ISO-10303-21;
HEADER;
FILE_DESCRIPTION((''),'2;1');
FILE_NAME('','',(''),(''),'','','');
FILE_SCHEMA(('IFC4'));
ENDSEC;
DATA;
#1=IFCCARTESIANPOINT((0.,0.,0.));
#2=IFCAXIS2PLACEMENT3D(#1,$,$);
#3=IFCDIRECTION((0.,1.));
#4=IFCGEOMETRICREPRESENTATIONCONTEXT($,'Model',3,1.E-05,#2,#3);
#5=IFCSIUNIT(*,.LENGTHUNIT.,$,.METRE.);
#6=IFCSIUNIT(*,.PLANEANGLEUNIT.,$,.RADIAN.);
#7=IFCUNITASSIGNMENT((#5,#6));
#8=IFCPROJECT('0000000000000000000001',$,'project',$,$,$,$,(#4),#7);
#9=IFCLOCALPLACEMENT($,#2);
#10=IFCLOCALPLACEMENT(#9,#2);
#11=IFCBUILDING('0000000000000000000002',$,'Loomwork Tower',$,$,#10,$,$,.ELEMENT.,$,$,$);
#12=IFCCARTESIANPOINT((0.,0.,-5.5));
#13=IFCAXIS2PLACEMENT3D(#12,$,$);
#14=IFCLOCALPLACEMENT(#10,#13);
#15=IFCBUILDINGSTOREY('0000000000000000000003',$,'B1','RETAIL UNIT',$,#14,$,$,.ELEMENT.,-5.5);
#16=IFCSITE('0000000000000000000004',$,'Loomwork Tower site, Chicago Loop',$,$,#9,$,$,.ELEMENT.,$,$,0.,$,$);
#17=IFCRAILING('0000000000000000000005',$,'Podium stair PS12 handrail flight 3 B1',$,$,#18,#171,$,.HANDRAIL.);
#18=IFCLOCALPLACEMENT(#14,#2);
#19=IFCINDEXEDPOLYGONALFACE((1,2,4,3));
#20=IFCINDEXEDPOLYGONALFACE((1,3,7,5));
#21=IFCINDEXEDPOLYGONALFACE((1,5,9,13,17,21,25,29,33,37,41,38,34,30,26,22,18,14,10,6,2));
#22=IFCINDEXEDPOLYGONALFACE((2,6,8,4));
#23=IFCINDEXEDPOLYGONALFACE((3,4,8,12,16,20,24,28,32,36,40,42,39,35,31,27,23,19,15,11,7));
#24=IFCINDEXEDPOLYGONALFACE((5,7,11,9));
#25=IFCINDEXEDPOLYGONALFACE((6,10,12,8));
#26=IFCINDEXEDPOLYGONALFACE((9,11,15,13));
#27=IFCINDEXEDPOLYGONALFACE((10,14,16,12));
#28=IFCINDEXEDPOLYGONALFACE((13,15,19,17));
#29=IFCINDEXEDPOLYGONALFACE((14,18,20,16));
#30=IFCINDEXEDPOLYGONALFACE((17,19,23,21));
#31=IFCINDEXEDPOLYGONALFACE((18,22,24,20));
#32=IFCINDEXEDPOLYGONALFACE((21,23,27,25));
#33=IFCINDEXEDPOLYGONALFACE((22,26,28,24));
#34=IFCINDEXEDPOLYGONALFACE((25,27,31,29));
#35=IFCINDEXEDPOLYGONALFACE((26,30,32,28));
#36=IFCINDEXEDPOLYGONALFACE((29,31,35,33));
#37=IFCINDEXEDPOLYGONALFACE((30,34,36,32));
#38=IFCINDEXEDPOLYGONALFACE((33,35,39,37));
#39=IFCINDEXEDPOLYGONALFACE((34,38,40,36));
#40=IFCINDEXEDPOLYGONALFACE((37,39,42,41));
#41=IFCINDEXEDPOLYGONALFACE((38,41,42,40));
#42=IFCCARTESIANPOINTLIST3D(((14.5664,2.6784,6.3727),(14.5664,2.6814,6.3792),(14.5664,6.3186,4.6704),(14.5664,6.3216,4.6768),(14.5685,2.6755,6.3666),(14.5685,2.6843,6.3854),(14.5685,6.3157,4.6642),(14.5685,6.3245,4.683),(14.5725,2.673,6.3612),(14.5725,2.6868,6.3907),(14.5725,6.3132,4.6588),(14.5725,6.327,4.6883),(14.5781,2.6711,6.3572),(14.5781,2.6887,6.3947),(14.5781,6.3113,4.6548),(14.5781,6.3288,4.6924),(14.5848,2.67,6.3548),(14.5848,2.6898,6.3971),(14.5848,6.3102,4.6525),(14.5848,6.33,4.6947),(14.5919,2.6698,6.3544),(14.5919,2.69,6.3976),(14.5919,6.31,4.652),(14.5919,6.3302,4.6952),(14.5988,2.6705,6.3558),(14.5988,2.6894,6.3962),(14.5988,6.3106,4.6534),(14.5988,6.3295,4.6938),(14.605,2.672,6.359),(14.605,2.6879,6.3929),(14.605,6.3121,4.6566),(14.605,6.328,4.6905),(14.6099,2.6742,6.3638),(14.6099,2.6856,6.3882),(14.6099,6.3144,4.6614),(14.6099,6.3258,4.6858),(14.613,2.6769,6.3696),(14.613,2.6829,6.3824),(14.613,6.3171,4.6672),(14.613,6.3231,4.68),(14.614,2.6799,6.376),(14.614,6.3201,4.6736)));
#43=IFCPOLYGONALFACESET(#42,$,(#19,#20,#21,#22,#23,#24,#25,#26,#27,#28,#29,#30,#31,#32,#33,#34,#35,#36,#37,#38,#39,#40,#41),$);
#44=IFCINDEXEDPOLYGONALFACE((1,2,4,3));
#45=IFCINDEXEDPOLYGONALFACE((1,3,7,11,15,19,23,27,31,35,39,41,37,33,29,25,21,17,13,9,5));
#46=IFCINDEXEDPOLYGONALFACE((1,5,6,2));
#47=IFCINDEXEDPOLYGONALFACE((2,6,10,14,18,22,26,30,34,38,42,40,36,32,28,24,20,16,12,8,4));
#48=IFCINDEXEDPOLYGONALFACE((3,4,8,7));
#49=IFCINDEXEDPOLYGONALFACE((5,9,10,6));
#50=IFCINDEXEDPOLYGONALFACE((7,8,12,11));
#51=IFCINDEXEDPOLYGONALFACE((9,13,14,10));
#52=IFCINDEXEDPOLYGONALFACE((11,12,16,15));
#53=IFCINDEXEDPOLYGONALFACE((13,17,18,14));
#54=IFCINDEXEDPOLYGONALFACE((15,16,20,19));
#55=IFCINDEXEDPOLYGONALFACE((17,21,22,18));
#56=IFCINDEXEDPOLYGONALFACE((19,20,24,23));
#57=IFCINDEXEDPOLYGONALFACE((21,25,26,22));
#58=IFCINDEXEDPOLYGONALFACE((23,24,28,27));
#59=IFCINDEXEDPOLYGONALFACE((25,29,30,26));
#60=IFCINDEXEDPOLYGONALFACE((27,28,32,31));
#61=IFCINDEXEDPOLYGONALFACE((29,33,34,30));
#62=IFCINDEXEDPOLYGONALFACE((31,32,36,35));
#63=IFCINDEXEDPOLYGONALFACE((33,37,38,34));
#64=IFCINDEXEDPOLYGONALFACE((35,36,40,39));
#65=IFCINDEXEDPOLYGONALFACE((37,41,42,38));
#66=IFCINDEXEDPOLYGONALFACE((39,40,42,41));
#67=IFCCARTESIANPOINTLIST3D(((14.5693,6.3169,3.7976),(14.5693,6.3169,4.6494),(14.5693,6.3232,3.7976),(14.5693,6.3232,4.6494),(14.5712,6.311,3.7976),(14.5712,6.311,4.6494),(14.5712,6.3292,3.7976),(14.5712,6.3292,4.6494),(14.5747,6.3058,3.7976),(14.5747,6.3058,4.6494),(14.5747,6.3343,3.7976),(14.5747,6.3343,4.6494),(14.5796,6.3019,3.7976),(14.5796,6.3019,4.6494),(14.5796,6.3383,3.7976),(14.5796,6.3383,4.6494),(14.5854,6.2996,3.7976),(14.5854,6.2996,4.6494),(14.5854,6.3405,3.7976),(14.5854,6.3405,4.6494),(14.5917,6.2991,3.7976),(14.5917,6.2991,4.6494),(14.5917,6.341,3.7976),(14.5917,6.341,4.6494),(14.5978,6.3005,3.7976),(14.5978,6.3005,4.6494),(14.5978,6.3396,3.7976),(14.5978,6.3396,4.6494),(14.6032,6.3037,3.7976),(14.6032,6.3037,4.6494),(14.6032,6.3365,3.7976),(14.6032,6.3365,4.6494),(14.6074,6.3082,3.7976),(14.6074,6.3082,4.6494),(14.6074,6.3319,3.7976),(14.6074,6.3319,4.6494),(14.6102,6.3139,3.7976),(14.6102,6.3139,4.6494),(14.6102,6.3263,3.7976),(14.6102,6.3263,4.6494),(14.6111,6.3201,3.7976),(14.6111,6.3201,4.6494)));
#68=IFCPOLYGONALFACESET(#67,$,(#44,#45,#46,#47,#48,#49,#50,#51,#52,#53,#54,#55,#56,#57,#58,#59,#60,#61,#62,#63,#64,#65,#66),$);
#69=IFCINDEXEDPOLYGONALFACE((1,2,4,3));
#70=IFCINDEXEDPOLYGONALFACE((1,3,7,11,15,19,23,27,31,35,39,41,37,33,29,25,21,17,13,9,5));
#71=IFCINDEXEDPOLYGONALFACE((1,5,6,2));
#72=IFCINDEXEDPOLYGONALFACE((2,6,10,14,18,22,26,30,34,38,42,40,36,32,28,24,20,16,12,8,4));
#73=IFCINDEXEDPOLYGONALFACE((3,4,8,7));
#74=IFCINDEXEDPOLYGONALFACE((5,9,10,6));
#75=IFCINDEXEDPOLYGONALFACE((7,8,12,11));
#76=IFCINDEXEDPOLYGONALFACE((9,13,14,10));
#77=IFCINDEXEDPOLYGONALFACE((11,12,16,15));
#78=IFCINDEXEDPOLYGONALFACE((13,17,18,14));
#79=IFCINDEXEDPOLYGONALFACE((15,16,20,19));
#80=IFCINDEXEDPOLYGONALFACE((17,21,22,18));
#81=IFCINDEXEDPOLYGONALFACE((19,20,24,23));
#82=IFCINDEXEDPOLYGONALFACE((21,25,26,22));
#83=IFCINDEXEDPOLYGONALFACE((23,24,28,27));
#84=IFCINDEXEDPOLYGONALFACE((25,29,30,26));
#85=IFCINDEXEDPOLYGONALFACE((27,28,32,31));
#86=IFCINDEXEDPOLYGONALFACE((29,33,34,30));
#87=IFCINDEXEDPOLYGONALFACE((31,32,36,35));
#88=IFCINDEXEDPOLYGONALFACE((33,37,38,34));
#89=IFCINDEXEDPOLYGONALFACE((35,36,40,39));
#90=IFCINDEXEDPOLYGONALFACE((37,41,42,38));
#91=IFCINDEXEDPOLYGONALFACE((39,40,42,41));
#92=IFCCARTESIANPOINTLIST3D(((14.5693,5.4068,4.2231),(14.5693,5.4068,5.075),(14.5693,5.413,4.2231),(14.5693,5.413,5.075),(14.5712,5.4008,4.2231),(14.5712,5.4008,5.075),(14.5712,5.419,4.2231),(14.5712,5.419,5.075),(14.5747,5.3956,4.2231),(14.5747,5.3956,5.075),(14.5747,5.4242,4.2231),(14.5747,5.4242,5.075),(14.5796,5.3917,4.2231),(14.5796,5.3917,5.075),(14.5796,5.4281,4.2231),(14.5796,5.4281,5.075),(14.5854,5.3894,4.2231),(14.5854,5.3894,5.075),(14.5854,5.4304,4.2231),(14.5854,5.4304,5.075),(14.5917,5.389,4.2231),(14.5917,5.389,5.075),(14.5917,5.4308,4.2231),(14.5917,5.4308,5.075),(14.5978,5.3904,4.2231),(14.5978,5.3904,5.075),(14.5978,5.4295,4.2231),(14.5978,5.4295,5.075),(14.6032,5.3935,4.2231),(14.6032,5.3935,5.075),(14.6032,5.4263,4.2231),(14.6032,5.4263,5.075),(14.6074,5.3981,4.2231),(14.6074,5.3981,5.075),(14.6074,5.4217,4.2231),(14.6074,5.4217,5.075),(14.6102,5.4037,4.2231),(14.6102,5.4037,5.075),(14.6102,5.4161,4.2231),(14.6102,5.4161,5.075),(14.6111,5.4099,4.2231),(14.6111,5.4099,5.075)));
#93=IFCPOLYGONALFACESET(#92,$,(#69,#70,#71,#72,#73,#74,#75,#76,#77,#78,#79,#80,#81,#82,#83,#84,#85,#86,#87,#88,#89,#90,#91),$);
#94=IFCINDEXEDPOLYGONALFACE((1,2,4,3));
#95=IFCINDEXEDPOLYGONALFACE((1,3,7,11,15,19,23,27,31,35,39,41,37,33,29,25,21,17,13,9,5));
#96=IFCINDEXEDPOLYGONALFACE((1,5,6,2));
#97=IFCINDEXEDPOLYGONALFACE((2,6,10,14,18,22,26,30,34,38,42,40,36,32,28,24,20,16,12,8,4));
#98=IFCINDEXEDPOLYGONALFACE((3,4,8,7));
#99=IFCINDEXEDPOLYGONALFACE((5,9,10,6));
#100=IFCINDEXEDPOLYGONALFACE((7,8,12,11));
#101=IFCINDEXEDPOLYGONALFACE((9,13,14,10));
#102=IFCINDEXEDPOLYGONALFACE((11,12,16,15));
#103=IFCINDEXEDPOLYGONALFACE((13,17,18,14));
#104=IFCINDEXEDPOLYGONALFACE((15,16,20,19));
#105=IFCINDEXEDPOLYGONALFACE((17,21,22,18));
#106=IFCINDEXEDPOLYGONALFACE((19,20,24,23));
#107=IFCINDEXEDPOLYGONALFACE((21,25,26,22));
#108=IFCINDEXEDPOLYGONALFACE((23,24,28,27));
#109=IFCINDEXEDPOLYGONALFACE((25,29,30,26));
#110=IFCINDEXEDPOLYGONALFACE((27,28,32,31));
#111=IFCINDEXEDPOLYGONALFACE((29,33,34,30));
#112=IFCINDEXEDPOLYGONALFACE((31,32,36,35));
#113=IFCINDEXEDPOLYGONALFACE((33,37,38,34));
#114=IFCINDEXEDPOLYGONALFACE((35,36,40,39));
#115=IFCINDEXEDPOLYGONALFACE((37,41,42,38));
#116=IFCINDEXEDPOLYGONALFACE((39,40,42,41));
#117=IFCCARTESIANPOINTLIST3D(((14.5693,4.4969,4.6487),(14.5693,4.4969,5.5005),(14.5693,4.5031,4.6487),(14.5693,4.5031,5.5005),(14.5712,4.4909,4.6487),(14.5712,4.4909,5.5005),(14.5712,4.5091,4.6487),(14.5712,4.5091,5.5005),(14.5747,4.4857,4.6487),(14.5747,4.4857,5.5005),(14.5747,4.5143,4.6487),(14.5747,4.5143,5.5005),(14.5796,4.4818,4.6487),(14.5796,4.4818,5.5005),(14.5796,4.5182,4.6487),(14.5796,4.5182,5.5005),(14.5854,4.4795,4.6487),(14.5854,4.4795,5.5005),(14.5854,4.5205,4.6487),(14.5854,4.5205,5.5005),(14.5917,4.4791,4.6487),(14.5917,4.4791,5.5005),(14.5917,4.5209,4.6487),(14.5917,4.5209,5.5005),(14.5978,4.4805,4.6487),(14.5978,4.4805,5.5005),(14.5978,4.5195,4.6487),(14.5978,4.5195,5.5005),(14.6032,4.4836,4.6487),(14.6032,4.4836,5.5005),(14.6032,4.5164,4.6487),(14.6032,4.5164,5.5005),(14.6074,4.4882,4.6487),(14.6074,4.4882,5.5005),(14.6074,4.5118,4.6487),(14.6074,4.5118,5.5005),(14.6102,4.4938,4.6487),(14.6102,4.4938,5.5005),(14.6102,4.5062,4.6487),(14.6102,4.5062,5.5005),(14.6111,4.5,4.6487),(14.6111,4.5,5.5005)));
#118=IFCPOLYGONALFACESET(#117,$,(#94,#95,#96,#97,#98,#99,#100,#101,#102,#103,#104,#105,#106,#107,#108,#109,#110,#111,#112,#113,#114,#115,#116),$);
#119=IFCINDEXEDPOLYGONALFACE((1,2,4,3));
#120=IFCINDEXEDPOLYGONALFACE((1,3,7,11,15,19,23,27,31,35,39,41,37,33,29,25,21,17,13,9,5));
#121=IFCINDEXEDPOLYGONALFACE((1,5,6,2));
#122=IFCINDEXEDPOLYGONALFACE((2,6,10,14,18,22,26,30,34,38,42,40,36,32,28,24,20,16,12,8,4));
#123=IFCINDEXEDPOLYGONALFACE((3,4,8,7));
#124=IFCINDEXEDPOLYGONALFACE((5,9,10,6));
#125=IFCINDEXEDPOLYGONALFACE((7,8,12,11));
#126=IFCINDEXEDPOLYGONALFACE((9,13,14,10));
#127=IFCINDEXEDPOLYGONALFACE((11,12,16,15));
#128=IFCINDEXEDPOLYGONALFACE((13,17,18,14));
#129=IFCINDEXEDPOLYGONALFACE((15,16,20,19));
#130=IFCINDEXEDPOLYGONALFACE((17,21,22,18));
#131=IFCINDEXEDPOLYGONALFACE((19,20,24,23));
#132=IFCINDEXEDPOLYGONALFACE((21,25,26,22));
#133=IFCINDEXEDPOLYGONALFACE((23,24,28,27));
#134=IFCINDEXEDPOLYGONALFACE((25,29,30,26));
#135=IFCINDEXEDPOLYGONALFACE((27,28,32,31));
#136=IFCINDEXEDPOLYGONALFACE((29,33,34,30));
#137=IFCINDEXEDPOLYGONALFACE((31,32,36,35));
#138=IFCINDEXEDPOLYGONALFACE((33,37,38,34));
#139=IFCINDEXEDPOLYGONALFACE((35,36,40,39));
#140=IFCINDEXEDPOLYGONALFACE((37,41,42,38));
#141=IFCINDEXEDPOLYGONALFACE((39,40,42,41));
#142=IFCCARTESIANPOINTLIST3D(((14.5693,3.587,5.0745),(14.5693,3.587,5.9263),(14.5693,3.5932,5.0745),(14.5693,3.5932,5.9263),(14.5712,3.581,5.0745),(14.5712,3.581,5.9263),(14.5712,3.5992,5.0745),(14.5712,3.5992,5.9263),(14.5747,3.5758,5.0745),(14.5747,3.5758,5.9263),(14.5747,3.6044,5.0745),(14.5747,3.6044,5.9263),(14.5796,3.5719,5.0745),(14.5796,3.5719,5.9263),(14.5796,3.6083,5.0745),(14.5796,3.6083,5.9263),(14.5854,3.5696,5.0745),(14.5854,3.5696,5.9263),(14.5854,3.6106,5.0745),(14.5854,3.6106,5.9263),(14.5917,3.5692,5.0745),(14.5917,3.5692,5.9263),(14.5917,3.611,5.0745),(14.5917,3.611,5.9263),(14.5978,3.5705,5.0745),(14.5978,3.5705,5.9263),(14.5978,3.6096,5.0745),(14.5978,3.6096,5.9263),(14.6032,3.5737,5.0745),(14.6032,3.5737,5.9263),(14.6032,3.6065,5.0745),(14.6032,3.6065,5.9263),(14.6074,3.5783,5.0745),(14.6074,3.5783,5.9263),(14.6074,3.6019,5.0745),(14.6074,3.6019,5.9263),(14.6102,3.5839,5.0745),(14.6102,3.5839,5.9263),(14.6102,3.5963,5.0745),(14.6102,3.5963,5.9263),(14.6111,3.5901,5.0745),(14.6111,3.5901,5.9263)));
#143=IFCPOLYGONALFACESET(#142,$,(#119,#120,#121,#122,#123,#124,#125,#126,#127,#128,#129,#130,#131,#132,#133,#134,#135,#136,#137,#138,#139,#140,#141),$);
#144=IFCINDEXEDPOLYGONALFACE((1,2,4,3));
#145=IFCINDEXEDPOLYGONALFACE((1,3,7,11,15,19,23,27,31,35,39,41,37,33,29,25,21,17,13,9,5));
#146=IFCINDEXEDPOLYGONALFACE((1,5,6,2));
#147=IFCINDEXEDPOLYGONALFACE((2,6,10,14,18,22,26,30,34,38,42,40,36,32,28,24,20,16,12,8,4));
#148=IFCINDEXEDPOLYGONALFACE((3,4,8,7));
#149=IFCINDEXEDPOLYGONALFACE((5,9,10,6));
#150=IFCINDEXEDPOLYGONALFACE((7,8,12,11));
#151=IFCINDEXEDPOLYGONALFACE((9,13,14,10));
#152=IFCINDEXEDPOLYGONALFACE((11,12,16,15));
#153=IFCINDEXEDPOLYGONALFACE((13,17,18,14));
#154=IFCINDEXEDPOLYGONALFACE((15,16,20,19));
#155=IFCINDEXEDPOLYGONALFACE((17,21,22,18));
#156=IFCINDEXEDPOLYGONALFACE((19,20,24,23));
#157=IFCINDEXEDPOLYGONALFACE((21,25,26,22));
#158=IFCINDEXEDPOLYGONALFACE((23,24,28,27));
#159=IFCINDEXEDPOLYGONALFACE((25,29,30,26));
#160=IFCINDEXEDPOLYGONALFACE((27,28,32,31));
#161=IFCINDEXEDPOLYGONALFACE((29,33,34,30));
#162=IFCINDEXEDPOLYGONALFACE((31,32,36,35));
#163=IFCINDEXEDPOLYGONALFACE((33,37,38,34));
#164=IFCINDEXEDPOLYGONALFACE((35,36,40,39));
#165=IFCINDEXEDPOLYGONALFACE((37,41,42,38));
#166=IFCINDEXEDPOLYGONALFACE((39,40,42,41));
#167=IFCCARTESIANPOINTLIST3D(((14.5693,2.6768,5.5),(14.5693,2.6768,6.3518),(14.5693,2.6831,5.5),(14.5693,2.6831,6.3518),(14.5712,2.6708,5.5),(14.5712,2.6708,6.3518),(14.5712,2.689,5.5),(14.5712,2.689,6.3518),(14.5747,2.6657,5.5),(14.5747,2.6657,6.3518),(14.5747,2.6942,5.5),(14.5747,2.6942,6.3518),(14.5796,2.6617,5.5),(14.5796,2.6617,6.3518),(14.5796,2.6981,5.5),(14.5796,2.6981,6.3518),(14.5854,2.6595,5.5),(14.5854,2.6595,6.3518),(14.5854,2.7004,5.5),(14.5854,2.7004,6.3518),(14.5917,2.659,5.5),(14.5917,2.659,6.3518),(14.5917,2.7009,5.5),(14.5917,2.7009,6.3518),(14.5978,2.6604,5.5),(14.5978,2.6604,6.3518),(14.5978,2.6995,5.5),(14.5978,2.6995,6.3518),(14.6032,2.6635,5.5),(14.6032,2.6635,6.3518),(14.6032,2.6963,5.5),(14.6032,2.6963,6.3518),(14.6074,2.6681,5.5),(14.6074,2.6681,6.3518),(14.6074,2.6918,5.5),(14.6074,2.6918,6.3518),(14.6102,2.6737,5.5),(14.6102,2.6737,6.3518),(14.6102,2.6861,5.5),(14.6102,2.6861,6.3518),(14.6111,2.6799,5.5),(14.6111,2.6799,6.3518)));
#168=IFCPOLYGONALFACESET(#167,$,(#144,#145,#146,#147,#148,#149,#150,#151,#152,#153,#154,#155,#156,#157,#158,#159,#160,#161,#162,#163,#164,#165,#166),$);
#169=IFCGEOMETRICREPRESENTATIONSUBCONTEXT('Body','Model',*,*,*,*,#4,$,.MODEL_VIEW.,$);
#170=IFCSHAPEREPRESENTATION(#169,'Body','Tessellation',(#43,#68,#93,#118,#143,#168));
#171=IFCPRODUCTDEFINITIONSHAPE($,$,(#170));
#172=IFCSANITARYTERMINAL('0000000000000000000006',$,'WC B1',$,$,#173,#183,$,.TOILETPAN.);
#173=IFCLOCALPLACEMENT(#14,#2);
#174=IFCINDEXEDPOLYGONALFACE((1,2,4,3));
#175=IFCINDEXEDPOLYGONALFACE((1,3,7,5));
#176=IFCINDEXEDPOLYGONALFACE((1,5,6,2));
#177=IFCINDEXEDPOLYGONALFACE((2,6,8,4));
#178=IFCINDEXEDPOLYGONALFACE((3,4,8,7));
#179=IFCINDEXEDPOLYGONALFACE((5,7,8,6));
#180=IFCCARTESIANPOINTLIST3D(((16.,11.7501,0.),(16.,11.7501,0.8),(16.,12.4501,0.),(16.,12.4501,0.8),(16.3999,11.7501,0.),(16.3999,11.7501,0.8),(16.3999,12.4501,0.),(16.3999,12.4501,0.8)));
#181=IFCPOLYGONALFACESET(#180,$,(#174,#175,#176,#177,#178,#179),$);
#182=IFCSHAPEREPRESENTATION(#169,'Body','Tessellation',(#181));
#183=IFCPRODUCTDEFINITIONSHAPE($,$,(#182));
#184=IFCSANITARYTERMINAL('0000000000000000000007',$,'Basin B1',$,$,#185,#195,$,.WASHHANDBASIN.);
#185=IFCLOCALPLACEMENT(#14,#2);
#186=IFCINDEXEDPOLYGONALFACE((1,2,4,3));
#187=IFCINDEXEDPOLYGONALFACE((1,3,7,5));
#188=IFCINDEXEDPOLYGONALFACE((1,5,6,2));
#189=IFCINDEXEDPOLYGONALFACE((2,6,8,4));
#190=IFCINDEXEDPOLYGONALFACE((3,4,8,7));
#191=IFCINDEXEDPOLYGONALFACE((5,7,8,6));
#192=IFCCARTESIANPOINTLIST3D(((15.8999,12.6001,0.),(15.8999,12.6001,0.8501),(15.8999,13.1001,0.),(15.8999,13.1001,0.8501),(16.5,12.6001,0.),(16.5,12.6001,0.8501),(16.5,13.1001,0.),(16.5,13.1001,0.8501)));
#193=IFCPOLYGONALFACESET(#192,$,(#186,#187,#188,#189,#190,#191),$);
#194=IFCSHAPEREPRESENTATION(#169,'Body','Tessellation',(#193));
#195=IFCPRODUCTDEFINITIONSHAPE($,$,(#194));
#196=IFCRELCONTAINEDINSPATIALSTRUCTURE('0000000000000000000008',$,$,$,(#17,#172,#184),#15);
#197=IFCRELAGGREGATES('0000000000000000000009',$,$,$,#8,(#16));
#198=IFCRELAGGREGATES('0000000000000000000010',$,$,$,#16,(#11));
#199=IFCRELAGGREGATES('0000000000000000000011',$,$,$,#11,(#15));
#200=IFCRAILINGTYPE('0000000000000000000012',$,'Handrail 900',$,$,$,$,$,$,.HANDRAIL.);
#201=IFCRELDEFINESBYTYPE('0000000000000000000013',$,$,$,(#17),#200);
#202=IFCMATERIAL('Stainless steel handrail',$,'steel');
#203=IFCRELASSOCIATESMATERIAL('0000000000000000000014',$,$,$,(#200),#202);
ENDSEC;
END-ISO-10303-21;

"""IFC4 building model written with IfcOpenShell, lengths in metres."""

from ifc_helpers import new_model, si_unit, direction, frame, origin, origin_2d, place, context, subcontext, project, spatial, rectangle, circle, extrude, material, type_object, element, save


model = new_model("IFC4")

# Units and contexts
model_context = context("Model", 3, precision=1e-05, world=origin(), true_north=direction((0.0, 1.0)))
body_context = subcontext(model_context, "Body", "Model", "MODEL_VIEW")
ifc_project = project(units=[si_unit("LENGTHUNIT", "METRE"), si_unit("PLANEANGLEUNIT", "RADIAN")], contexts=[model_context])

# Site, building, storey
site_placement = place(None, origin())
site = spatial("IfcSite", under=ifc_project, at=site_placement, Name="Loomwork Tower site, Chicago Loop", CompositionType="ELEMENT", RefElevation=0.0)
building_placement = place(site_placement, origin())
building = spatial("IfcBuilding", under=site, at=building_placement, Name="Loomwork Tower", CompositionType="ELEMENT")
storey_placement = place(building_placement, frame((0.0, 0.0, -5.5)))
storey = spatial("IfcBuildingStorey", under=building, at=storey_placement, Name="B1", Description="RETAIL UNIT", CompositionType="ELEMENT", Elevation=-5.5)

# Railing
ifc_material_1 = material(Name="Stainless steel handrail", Category="steel")
railing_type = type_object("IfcRailingType", Name="Handrail 900", PredefinedType="HANDRAIL", material=ifc_material_1)
railing_1_placement = place(storey_placement, frame((14.5901, 6.3201, 3.7976)))
element("IfcRailing", 1, at=railing_1_placement, inside=storey, type_object=railing_type, Name="Podium stair PS12 handrail flight 3 B1", PredefinedType="HANDRAIL", context=body_context, shape_type="SweptSolid", body=[
    extrude(circle(Radius=0.0239, at=origin_2d()), frame((0.0, 0.0, 0.876), z_axis=(0.0, -0.905834, 0.423634), x_axis=(1.0, 0.0, 0.0)), (0.0, 0.0, 1.0), 4.0186),
    extrude(circle(Radius=0.021, at=origin_2d()), origin(), (0.0, 0.0, 1.0), 0.8518),
    extrude(circle(Radius=0.021, at=origin_2d()), frame((0.0, -0.9102, 0.4255)), (0.0, 0.0, 1.0), 0.8518),
    extrude(circle(Radius=0.021, at=origin_2d()), frame((0.0, -1.8201, 0.8511)), (0.0, 0.0, 1.0), 0.8518),
    extrude(circle(Radius=0.021, at=origin_2d()), frame((0.0, -2.73, 1.2769)), (0.0, 0.0, 1.0), 0.8518),
    extrude(circle(Radius=0.021, at=origin_2d()), frame((0.0, -3.6401, 1.7024)), (0.0, 0.0, 1.0), 0.8518),
])

# Sanitary terminals
sanitary_terminal_1_placement = place(storey_placement, frame((16.2, 12.1001, 0.0), z_axis=(0.0, 0.0, 1.0), x_axis=(1.0, 0.0, 0.0)))
element("IfcSanitaryTerminal", 2, at=sanitary_terminal_1_placement, inside=storey, Name="WC B1", PredefinedType="TOILETPAN", context=body_context, shape_type="SweptSolid", body=[
    extrude(rectangle(XDim=0.3999, YDim=0.7, at=origin_2d()), origin(), (0.0, 0.0, 1.0), 0.8),
])
sanitary_terminal_2_placement = place(storey_placement, frame((16.2, 12.8501, 0.0), z_axis=(0.0, 0.0, 1.0), x_axis=(1.0, 0.0, 0.0)))
element("IfcSanitaryTerminal", 3, at=sanitary_terminal_2_placement, inside=storey, Name="Basin B1", PredefinedType="WASHHANDBASIN", context=body_context, shape_type="SweptSolid", body=[
    extrude(rectangle(XDim=0.6001, YDim=0.5, at=origin_2d()), origin(), (0.0, 0.0, 1.0), 0.8501),
])

save(model, "model.ifc")
